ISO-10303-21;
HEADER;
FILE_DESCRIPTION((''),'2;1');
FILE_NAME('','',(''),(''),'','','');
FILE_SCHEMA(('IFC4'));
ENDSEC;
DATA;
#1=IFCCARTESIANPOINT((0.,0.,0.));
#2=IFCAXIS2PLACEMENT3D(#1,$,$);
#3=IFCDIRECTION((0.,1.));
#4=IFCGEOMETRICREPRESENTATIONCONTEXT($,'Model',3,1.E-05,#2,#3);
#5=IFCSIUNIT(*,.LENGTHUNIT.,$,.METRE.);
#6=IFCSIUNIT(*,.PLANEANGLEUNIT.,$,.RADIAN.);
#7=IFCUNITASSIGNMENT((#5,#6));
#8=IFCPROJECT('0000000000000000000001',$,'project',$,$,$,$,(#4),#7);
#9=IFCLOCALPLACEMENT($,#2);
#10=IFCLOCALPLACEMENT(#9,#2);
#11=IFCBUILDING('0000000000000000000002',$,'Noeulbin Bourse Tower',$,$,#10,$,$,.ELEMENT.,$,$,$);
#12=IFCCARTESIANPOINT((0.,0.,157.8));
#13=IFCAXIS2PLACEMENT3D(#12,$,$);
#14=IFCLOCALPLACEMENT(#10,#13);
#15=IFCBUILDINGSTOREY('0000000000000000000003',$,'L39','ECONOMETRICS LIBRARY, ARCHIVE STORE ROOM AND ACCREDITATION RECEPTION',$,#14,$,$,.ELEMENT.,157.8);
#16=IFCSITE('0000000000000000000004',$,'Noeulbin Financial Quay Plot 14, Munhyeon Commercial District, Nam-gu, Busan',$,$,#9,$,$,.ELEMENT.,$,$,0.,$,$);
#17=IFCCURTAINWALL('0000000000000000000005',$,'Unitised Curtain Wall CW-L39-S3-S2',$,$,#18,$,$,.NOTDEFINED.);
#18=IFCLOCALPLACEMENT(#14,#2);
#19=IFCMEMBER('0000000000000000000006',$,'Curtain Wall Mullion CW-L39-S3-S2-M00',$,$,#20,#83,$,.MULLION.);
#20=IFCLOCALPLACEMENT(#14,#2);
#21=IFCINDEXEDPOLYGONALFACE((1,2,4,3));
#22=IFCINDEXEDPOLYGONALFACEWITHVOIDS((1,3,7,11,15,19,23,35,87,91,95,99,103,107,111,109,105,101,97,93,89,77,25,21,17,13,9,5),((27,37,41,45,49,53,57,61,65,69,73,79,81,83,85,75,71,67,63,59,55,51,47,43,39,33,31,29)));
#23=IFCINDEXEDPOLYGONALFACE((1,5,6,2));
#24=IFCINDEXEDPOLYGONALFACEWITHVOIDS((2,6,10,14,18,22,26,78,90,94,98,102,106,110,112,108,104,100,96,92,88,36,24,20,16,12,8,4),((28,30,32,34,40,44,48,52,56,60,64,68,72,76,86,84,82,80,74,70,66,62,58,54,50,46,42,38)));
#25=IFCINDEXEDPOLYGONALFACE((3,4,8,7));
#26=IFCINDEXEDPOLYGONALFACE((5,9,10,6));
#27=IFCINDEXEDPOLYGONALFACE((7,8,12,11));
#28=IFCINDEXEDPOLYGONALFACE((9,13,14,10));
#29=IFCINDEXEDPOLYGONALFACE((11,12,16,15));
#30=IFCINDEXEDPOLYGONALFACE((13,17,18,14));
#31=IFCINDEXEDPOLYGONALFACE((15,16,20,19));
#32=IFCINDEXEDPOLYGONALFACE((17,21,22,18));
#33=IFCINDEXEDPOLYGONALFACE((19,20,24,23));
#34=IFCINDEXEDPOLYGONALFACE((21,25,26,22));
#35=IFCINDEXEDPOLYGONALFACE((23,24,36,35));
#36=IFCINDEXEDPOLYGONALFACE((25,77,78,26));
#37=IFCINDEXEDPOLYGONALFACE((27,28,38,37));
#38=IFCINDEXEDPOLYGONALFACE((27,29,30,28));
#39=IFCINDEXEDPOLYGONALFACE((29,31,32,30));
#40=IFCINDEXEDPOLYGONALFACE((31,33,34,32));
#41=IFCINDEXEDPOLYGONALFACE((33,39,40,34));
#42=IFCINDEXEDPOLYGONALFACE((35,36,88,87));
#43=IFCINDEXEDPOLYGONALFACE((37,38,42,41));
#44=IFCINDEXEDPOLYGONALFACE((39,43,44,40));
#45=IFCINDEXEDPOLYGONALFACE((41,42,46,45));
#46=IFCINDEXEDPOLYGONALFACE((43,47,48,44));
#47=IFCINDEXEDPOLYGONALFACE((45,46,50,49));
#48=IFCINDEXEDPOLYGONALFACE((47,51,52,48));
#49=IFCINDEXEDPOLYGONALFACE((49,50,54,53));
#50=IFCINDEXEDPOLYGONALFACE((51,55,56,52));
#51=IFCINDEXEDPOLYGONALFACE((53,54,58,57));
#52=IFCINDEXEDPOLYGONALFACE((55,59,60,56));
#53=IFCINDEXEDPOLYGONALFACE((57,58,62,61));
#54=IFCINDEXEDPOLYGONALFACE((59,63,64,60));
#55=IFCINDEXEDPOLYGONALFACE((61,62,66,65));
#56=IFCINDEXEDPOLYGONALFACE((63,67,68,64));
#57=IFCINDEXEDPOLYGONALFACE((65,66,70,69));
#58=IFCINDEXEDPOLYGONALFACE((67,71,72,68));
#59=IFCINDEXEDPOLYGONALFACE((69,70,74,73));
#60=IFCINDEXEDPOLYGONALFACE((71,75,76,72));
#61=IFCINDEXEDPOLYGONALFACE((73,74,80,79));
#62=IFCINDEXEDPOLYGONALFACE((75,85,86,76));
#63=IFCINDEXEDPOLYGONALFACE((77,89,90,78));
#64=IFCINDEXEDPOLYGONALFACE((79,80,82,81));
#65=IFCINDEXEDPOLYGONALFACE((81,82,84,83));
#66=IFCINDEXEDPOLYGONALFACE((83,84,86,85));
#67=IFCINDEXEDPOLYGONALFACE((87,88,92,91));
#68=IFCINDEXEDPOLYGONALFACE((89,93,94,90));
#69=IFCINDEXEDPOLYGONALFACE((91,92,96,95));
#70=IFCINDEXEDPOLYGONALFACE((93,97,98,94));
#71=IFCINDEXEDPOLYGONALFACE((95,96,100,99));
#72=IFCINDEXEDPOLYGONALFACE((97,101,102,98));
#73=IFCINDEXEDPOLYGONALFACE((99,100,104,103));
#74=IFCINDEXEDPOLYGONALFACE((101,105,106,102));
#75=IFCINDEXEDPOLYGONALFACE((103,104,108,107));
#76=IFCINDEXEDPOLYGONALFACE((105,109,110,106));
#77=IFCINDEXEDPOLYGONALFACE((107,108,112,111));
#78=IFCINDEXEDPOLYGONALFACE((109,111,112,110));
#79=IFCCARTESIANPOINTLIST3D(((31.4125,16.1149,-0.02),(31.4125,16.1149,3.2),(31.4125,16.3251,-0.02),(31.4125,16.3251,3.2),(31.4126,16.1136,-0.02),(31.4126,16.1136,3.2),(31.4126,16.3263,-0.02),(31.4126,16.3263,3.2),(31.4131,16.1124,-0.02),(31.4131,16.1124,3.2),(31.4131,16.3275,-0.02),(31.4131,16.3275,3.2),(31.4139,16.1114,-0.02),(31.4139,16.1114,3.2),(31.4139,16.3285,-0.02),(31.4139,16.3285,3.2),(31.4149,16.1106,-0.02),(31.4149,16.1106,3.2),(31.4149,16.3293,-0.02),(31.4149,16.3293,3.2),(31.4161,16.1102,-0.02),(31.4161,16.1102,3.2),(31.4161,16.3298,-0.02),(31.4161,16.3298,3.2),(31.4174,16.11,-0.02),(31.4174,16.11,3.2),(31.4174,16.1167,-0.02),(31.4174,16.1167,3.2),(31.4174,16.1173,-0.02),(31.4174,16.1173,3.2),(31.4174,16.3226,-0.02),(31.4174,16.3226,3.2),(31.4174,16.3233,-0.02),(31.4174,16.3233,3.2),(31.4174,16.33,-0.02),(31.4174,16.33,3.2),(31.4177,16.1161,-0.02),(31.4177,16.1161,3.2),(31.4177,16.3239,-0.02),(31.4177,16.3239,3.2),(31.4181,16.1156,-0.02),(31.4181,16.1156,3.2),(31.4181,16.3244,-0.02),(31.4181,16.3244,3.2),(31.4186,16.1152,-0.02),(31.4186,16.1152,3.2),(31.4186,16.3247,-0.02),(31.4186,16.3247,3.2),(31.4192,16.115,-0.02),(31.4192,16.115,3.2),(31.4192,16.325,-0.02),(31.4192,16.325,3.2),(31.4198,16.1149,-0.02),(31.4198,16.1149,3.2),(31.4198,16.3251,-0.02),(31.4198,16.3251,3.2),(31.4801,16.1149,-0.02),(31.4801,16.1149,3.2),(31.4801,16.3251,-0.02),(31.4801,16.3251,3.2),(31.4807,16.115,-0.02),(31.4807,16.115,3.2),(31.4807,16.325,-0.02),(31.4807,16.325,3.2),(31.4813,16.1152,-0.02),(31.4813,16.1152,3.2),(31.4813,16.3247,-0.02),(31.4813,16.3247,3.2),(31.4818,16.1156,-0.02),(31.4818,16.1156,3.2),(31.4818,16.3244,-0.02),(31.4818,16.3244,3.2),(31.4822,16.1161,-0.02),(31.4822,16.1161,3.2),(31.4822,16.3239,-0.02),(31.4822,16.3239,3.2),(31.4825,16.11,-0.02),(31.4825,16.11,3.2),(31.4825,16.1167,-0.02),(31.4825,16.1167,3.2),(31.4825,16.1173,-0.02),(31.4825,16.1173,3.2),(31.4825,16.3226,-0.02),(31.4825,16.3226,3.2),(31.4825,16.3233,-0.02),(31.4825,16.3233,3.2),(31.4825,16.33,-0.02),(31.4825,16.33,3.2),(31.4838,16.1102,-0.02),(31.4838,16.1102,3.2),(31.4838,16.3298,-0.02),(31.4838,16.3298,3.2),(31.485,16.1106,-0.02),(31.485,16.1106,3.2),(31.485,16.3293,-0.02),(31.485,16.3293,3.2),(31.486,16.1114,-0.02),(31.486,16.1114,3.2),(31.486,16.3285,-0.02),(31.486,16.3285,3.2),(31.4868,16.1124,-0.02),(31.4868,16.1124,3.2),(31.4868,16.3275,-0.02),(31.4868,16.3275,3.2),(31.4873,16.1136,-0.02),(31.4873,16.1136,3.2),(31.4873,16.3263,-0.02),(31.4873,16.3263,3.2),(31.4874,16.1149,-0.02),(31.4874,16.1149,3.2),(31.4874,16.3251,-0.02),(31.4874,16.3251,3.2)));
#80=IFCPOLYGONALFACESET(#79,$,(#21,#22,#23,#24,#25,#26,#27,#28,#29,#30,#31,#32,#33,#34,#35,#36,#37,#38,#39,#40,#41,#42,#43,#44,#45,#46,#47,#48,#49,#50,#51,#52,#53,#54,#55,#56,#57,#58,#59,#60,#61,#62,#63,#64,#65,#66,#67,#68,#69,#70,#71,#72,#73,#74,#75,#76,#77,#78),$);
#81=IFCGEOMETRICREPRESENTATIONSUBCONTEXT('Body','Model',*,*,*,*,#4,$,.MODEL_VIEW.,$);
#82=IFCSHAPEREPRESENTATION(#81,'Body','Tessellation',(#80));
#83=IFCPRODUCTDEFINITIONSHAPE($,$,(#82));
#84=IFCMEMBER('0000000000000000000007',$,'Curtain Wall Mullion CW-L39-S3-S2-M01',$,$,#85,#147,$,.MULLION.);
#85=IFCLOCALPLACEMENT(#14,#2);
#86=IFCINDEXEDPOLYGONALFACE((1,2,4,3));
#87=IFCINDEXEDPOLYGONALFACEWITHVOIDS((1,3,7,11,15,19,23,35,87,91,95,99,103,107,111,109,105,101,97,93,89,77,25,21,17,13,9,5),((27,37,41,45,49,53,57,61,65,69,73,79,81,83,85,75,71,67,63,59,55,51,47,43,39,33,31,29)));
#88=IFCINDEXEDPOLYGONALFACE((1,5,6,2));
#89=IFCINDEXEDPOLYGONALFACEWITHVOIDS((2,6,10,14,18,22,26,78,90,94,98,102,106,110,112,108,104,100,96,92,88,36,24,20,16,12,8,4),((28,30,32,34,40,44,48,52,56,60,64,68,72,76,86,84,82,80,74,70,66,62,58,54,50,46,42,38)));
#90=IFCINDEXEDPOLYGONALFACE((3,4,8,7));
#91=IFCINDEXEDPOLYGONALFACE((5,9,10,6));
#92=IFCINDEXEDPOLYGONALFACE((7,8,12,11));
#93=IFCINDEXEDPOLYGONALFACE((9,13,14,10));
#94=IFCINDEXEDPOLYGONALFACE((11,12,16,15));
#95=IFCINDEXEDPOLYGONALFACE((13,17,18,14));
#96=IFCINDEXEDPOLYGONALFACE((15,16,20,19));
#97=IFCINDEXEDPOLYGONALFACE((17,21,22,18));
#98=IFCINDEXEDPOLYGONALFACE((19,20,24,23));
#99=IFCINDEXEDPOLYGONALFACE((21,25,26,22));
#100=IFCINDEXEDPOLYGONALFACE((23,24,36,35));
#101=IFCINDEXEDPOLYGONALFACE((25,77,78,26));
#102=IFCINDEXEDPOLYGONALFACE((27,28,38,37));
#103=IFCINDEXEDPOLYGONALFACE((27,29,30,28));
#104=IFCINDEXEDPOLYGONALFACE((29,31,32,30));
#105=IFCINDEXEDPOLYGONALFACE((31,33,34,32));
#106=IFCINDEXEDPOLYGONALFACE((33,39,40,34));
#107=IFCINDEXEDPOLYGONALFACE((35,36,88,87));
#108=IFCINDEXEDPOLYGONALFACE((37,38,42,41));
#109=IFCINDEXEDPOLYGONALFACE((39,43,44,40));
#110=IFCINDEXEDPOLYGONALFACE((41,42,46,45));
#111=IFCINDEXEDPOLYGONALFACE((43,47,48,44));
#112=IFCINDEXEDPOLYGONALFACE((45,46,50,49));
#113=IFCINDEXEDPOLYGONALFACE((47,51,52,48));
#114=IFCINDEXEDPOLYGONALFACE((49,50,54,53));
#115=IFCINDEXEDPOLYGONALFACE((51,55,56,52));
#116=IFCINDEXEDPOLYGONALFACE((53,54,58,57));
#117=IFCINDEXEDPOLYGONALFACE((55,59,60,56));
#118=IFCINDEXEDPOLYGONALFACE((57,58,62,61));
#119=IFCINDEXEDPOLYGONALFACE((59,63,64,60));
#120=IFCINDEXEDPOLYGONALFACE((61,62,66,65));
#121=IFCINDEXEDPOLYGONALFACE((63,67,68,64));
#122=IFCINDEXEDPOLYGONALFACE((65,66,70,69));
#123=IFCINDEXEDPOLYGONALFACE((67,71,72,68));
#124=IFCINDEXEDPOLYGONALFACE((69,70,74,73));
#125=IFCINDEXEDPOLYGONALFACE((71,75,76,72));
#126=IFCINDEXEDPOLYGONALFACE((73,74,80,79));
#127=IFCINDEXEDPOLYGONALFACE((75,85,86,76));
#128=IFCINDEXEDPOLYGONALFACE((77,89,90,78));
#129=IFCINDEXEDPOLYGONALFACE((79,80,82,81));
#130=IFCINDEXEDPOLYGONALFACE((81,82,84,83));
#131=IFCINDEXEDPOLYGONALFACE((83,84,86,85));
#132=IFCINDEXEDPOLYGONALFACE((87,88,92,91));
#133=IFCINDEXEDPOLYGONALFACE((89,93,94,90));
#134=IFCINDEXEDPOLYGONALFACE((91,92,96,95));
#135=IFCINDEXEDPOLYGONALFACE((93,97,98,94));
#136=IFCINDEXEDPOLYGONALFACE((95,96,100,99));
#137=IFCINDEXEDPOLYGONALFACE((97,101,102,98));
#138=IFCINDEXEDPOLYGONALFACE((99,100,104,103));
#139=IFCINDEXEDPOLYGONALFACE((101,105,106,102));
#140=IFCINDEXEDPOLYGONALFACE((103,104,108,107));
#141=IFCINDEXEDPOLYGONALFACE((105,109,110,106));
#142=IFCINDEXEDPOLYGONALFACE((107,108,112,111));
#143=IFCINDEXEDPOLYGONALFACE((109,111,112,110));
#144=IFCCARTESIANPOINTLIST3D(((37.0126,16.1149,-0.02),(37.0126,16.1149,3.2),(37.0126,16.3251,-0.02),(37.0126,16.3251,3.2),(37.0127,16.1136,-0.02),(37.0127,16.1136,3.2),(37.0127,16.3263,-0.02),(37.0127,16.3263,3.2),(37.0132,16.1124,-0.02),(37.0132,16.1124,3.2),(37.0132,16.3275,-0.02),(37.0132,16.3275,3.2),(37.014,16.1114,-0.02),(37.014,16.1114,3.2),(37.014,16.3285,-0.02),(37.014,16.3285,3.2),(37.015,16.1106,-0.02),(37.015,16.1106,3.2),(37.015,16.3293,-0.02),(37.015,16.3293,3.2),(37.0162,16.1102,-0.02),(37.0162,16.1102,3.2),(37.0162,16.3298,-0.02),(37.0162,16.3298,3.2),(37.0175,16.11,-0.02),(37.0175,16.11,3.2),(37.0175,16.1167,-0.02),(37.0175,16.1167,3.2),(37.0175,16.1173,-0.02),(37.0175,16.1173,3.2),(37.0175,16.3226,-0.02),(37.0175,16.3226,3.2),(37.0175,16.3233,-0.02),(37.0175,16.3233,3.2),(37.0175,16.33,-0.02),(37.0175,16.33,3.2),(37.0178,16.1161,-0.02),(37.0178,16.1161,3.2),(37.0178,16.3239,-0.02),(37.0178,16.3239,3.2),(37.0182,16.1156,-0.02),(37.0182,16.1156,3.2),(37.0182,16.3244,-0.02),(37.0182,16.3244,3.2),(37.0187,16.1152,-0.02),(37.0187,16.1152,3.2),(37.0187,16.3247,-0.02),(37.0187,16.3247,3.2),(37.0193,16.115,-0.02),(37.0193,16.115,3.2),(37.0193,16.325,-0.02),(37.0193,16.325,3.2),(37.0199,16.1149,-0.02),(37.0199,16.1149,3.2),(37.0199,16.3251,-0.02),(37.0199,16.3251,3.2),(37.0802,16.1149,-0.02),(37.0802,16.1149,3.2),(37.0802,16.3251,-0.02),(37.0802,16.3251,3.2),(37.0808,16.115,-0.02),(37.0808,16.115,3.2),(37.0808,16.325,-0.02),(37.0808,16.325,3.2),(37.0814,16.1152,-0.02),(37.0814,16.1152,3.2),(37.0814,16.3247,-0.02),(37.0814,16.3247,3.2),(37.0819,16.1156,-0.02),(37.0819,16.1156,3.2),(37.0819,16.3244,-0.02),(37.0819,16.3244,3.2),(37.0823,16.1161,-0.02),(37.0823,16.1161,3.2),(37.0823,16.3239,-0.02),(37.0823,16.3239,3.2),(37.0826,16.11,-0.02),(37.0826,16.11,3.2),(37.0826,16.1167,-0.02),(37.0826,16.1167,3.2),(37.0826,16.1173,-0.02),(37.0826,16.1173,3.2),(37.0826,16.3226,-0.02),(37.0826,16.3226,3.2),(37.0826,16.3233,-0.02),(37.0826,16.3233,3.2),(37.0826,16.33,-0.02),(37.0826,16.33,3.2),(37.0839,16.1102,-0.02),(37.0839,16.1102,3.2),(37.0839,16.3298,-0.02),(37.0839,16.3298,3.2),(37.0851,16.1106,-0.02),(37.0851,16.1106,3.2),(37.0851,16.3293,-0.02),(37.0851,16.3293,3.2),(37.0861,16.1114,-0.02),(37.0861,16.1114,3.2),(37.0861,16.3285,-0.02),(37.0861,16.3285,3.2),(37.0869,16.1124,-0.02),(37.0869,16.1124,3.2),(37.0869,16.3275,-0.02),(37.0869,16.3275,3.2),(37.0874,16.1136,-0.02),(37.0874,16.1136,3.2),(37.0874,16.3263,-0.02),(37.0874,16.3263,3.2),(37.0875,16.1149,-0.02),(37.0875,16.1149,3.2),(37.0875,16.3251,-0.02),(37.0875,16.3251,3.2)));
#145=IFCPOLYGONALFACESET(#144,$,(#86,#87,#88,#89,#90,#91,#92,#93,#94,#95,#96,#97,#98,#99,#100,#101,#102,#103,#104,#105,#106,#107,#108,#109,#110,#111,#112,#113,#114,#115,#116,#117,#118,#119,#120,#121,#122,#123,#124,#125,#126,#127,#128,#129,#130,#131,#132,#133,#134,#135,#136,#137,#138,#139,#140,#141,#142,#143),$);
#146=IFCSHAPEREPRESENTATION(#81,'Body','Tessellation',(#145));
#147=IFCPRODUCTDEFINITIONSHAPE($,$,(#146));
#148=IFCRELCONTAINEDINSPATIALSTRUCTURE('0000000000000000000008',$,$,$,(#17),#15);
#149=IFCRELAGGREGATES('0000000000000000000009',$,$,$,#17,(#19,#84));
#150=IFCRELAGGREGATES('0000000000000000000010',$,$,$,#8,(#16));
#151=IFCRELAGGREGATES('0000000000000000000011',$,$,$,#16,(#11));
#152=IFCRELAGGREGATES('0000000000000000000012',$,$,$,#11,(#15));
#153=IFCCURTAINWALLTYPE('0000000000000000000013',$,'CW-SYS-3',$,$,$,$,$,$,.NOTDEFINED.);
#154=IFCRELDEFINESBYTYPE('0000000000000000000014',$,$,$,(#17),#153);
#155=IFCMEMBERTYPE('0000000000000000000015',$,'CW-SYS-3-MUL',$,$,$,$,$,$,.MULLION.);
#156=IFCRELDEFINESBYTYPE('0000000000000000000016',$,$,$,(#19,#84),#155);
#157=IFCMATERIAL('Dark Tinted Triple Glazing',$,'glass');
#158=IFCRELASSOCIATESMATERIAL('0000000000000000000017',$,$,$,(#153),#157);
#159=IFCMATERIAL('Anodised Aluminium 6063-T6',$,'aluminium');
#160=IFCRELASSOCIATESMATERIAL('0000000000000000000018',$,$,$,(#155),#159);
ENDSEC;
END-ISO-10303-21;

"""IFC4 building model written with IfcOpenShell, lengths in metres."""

from ifc_helpers import new_model, si_unit, direction, frame, origin, origin_2d, place, context, subcontext, project, spatial, hollow_rectangle, extrude, material, material_profile, profile_set, type_object, element, aggregate, save


model = new_model("IFC4")

# Units and contexts
model_context = context("Model", 3, precision=1e-05, world=origin(), true_north=direction((0.0, 1.0)))
body_context = subcontext(model_context, "Body", "Model", "MODEL_VIEW")
ifc_project = project(units=[si_unit("LENGTHUNIT", "METRE"), si_unit("PLANEANGLEUNIT", "RADIAN")], contexts=[model_context])

# Site, building, storey
site_placement = place(None, origin())
site = spatial("IfcSite", under=ifc_project, at=site_placement, Name="Noeulbin Financial Quay Plot 14, Munhyeon Commercial District, Nam-gu, Busan", CompositionType="ELEMENT", RefElevation=0.0)
building_placement = place(site_placement, origin())
building = spatial("IfcBuilding", under=site, at=building_placement, Name="Noeulbin Bourse Tower", CompositionType="ELEMENT")
storey_placement = place(building_placement, frame((0.0, 0.0, 157.8)))
storey = spatial("IfcBuildingStorey", under=building, at=storey_placement, Name="L39", Description="ECONOMETRICS LIBRARY, ARCHIVE STORE ROOM AND ACCREDITATION RECEPTION", CompositionType="ELEMENT", Elevation=157.8)

# Curtain wall, members
ifc_material_1 = material(Name="Dark Tinted Triple Glazing", Category="glass")
curtain_wall_type = type_object("IfcCurtainWallType", Name="CW-SYS-3", PredefinedType="NOTDEFINED", material=ifc_material_1)
ifc_material_2 = material(Name="Anodised Aluminium 6063-T6", Category="aluminium")
ifc_material_profile_1 = material_profile(ifc_material_2, hollow_rectangle(XDim=0.075, YDim=0.22, WallThickness=0.0049, InnerFilletRadius=0.0024, OuterFilletRadius=0.0049, at=origin_2d()), Name="ALU-MULL-75x220x5", Category="LoadBearing")
ifc_profile_set_1 = profile_set([ifc_material_profile_1], Name="Anodised Aluminium 6063-T6")
member_type_1 = type_object("IfcMemberType", Name="CW-SYS-3-MUL", PredefinedType="MULLION", material=ifc_profile_set_1)
curtain_wall_1_placement = place(storey_placement, origin())
curtain_wall_1 = element("IfcCurtainWall", 1, at=curtain_wall_1_placement, inside=storey, type_object=curtain_wall_type, Name="Unitised Curtain Wall CW-L39-S3-S2", PredefinedType="NOTDEFINED")
member_1_placement = place(storey_placement, frame((31.45, 16.22, -0.02), z_axis=(0.0, 0.0, 1.0), x_axis=(1.0, 0.0, 0.0)))
member_1 = element("IfcMember", 2, at=member_1_placement, type_object=member_type_1, Name="Curtain Wall Mullion CW-L39-S3-S2-M00", PredefinedType="MULLION", context=body_context, shape_type="SweptSolid", body=[
    extrude(hollow_rectangle(XDim=0.075, YDim=0.22, WallThickness=0.0049, InnerFilletRadius=0.0024, OuterFilletRadius=0.0049, at=origin_2d()), origin(), (0.0, 0.0, 1.0), 3.22),
])
member_2_placement = place(storey_placement, frame((37.05, 16.22, -0.02), z_axis=(0.0, 0.0, 1.0), x_axis=(1.0, 0.0, 0.0)))
member_2 = element("IfcMember", 3, at=member_2_placement, type_object=member_type_1, Name="Curtain Wall Mullion CW-L39-S3-S2-M01", PredefinedType="MULLION", context=body_context, shape_type="SweptSolid", body=[
    extrude(hollow_rectangle(XDim=0.075, YDim=0.22, WallThickness=0.0049, InnerFilletRadius=0.0024, OuterFilletRadius=0.0049, at=origin_2d()), origin(), (0.0, 0.0, 1.0), 3.22),
])

aggregate(curtain_wall_1, [member_1, member_2])

save(model, "model.ifc")
